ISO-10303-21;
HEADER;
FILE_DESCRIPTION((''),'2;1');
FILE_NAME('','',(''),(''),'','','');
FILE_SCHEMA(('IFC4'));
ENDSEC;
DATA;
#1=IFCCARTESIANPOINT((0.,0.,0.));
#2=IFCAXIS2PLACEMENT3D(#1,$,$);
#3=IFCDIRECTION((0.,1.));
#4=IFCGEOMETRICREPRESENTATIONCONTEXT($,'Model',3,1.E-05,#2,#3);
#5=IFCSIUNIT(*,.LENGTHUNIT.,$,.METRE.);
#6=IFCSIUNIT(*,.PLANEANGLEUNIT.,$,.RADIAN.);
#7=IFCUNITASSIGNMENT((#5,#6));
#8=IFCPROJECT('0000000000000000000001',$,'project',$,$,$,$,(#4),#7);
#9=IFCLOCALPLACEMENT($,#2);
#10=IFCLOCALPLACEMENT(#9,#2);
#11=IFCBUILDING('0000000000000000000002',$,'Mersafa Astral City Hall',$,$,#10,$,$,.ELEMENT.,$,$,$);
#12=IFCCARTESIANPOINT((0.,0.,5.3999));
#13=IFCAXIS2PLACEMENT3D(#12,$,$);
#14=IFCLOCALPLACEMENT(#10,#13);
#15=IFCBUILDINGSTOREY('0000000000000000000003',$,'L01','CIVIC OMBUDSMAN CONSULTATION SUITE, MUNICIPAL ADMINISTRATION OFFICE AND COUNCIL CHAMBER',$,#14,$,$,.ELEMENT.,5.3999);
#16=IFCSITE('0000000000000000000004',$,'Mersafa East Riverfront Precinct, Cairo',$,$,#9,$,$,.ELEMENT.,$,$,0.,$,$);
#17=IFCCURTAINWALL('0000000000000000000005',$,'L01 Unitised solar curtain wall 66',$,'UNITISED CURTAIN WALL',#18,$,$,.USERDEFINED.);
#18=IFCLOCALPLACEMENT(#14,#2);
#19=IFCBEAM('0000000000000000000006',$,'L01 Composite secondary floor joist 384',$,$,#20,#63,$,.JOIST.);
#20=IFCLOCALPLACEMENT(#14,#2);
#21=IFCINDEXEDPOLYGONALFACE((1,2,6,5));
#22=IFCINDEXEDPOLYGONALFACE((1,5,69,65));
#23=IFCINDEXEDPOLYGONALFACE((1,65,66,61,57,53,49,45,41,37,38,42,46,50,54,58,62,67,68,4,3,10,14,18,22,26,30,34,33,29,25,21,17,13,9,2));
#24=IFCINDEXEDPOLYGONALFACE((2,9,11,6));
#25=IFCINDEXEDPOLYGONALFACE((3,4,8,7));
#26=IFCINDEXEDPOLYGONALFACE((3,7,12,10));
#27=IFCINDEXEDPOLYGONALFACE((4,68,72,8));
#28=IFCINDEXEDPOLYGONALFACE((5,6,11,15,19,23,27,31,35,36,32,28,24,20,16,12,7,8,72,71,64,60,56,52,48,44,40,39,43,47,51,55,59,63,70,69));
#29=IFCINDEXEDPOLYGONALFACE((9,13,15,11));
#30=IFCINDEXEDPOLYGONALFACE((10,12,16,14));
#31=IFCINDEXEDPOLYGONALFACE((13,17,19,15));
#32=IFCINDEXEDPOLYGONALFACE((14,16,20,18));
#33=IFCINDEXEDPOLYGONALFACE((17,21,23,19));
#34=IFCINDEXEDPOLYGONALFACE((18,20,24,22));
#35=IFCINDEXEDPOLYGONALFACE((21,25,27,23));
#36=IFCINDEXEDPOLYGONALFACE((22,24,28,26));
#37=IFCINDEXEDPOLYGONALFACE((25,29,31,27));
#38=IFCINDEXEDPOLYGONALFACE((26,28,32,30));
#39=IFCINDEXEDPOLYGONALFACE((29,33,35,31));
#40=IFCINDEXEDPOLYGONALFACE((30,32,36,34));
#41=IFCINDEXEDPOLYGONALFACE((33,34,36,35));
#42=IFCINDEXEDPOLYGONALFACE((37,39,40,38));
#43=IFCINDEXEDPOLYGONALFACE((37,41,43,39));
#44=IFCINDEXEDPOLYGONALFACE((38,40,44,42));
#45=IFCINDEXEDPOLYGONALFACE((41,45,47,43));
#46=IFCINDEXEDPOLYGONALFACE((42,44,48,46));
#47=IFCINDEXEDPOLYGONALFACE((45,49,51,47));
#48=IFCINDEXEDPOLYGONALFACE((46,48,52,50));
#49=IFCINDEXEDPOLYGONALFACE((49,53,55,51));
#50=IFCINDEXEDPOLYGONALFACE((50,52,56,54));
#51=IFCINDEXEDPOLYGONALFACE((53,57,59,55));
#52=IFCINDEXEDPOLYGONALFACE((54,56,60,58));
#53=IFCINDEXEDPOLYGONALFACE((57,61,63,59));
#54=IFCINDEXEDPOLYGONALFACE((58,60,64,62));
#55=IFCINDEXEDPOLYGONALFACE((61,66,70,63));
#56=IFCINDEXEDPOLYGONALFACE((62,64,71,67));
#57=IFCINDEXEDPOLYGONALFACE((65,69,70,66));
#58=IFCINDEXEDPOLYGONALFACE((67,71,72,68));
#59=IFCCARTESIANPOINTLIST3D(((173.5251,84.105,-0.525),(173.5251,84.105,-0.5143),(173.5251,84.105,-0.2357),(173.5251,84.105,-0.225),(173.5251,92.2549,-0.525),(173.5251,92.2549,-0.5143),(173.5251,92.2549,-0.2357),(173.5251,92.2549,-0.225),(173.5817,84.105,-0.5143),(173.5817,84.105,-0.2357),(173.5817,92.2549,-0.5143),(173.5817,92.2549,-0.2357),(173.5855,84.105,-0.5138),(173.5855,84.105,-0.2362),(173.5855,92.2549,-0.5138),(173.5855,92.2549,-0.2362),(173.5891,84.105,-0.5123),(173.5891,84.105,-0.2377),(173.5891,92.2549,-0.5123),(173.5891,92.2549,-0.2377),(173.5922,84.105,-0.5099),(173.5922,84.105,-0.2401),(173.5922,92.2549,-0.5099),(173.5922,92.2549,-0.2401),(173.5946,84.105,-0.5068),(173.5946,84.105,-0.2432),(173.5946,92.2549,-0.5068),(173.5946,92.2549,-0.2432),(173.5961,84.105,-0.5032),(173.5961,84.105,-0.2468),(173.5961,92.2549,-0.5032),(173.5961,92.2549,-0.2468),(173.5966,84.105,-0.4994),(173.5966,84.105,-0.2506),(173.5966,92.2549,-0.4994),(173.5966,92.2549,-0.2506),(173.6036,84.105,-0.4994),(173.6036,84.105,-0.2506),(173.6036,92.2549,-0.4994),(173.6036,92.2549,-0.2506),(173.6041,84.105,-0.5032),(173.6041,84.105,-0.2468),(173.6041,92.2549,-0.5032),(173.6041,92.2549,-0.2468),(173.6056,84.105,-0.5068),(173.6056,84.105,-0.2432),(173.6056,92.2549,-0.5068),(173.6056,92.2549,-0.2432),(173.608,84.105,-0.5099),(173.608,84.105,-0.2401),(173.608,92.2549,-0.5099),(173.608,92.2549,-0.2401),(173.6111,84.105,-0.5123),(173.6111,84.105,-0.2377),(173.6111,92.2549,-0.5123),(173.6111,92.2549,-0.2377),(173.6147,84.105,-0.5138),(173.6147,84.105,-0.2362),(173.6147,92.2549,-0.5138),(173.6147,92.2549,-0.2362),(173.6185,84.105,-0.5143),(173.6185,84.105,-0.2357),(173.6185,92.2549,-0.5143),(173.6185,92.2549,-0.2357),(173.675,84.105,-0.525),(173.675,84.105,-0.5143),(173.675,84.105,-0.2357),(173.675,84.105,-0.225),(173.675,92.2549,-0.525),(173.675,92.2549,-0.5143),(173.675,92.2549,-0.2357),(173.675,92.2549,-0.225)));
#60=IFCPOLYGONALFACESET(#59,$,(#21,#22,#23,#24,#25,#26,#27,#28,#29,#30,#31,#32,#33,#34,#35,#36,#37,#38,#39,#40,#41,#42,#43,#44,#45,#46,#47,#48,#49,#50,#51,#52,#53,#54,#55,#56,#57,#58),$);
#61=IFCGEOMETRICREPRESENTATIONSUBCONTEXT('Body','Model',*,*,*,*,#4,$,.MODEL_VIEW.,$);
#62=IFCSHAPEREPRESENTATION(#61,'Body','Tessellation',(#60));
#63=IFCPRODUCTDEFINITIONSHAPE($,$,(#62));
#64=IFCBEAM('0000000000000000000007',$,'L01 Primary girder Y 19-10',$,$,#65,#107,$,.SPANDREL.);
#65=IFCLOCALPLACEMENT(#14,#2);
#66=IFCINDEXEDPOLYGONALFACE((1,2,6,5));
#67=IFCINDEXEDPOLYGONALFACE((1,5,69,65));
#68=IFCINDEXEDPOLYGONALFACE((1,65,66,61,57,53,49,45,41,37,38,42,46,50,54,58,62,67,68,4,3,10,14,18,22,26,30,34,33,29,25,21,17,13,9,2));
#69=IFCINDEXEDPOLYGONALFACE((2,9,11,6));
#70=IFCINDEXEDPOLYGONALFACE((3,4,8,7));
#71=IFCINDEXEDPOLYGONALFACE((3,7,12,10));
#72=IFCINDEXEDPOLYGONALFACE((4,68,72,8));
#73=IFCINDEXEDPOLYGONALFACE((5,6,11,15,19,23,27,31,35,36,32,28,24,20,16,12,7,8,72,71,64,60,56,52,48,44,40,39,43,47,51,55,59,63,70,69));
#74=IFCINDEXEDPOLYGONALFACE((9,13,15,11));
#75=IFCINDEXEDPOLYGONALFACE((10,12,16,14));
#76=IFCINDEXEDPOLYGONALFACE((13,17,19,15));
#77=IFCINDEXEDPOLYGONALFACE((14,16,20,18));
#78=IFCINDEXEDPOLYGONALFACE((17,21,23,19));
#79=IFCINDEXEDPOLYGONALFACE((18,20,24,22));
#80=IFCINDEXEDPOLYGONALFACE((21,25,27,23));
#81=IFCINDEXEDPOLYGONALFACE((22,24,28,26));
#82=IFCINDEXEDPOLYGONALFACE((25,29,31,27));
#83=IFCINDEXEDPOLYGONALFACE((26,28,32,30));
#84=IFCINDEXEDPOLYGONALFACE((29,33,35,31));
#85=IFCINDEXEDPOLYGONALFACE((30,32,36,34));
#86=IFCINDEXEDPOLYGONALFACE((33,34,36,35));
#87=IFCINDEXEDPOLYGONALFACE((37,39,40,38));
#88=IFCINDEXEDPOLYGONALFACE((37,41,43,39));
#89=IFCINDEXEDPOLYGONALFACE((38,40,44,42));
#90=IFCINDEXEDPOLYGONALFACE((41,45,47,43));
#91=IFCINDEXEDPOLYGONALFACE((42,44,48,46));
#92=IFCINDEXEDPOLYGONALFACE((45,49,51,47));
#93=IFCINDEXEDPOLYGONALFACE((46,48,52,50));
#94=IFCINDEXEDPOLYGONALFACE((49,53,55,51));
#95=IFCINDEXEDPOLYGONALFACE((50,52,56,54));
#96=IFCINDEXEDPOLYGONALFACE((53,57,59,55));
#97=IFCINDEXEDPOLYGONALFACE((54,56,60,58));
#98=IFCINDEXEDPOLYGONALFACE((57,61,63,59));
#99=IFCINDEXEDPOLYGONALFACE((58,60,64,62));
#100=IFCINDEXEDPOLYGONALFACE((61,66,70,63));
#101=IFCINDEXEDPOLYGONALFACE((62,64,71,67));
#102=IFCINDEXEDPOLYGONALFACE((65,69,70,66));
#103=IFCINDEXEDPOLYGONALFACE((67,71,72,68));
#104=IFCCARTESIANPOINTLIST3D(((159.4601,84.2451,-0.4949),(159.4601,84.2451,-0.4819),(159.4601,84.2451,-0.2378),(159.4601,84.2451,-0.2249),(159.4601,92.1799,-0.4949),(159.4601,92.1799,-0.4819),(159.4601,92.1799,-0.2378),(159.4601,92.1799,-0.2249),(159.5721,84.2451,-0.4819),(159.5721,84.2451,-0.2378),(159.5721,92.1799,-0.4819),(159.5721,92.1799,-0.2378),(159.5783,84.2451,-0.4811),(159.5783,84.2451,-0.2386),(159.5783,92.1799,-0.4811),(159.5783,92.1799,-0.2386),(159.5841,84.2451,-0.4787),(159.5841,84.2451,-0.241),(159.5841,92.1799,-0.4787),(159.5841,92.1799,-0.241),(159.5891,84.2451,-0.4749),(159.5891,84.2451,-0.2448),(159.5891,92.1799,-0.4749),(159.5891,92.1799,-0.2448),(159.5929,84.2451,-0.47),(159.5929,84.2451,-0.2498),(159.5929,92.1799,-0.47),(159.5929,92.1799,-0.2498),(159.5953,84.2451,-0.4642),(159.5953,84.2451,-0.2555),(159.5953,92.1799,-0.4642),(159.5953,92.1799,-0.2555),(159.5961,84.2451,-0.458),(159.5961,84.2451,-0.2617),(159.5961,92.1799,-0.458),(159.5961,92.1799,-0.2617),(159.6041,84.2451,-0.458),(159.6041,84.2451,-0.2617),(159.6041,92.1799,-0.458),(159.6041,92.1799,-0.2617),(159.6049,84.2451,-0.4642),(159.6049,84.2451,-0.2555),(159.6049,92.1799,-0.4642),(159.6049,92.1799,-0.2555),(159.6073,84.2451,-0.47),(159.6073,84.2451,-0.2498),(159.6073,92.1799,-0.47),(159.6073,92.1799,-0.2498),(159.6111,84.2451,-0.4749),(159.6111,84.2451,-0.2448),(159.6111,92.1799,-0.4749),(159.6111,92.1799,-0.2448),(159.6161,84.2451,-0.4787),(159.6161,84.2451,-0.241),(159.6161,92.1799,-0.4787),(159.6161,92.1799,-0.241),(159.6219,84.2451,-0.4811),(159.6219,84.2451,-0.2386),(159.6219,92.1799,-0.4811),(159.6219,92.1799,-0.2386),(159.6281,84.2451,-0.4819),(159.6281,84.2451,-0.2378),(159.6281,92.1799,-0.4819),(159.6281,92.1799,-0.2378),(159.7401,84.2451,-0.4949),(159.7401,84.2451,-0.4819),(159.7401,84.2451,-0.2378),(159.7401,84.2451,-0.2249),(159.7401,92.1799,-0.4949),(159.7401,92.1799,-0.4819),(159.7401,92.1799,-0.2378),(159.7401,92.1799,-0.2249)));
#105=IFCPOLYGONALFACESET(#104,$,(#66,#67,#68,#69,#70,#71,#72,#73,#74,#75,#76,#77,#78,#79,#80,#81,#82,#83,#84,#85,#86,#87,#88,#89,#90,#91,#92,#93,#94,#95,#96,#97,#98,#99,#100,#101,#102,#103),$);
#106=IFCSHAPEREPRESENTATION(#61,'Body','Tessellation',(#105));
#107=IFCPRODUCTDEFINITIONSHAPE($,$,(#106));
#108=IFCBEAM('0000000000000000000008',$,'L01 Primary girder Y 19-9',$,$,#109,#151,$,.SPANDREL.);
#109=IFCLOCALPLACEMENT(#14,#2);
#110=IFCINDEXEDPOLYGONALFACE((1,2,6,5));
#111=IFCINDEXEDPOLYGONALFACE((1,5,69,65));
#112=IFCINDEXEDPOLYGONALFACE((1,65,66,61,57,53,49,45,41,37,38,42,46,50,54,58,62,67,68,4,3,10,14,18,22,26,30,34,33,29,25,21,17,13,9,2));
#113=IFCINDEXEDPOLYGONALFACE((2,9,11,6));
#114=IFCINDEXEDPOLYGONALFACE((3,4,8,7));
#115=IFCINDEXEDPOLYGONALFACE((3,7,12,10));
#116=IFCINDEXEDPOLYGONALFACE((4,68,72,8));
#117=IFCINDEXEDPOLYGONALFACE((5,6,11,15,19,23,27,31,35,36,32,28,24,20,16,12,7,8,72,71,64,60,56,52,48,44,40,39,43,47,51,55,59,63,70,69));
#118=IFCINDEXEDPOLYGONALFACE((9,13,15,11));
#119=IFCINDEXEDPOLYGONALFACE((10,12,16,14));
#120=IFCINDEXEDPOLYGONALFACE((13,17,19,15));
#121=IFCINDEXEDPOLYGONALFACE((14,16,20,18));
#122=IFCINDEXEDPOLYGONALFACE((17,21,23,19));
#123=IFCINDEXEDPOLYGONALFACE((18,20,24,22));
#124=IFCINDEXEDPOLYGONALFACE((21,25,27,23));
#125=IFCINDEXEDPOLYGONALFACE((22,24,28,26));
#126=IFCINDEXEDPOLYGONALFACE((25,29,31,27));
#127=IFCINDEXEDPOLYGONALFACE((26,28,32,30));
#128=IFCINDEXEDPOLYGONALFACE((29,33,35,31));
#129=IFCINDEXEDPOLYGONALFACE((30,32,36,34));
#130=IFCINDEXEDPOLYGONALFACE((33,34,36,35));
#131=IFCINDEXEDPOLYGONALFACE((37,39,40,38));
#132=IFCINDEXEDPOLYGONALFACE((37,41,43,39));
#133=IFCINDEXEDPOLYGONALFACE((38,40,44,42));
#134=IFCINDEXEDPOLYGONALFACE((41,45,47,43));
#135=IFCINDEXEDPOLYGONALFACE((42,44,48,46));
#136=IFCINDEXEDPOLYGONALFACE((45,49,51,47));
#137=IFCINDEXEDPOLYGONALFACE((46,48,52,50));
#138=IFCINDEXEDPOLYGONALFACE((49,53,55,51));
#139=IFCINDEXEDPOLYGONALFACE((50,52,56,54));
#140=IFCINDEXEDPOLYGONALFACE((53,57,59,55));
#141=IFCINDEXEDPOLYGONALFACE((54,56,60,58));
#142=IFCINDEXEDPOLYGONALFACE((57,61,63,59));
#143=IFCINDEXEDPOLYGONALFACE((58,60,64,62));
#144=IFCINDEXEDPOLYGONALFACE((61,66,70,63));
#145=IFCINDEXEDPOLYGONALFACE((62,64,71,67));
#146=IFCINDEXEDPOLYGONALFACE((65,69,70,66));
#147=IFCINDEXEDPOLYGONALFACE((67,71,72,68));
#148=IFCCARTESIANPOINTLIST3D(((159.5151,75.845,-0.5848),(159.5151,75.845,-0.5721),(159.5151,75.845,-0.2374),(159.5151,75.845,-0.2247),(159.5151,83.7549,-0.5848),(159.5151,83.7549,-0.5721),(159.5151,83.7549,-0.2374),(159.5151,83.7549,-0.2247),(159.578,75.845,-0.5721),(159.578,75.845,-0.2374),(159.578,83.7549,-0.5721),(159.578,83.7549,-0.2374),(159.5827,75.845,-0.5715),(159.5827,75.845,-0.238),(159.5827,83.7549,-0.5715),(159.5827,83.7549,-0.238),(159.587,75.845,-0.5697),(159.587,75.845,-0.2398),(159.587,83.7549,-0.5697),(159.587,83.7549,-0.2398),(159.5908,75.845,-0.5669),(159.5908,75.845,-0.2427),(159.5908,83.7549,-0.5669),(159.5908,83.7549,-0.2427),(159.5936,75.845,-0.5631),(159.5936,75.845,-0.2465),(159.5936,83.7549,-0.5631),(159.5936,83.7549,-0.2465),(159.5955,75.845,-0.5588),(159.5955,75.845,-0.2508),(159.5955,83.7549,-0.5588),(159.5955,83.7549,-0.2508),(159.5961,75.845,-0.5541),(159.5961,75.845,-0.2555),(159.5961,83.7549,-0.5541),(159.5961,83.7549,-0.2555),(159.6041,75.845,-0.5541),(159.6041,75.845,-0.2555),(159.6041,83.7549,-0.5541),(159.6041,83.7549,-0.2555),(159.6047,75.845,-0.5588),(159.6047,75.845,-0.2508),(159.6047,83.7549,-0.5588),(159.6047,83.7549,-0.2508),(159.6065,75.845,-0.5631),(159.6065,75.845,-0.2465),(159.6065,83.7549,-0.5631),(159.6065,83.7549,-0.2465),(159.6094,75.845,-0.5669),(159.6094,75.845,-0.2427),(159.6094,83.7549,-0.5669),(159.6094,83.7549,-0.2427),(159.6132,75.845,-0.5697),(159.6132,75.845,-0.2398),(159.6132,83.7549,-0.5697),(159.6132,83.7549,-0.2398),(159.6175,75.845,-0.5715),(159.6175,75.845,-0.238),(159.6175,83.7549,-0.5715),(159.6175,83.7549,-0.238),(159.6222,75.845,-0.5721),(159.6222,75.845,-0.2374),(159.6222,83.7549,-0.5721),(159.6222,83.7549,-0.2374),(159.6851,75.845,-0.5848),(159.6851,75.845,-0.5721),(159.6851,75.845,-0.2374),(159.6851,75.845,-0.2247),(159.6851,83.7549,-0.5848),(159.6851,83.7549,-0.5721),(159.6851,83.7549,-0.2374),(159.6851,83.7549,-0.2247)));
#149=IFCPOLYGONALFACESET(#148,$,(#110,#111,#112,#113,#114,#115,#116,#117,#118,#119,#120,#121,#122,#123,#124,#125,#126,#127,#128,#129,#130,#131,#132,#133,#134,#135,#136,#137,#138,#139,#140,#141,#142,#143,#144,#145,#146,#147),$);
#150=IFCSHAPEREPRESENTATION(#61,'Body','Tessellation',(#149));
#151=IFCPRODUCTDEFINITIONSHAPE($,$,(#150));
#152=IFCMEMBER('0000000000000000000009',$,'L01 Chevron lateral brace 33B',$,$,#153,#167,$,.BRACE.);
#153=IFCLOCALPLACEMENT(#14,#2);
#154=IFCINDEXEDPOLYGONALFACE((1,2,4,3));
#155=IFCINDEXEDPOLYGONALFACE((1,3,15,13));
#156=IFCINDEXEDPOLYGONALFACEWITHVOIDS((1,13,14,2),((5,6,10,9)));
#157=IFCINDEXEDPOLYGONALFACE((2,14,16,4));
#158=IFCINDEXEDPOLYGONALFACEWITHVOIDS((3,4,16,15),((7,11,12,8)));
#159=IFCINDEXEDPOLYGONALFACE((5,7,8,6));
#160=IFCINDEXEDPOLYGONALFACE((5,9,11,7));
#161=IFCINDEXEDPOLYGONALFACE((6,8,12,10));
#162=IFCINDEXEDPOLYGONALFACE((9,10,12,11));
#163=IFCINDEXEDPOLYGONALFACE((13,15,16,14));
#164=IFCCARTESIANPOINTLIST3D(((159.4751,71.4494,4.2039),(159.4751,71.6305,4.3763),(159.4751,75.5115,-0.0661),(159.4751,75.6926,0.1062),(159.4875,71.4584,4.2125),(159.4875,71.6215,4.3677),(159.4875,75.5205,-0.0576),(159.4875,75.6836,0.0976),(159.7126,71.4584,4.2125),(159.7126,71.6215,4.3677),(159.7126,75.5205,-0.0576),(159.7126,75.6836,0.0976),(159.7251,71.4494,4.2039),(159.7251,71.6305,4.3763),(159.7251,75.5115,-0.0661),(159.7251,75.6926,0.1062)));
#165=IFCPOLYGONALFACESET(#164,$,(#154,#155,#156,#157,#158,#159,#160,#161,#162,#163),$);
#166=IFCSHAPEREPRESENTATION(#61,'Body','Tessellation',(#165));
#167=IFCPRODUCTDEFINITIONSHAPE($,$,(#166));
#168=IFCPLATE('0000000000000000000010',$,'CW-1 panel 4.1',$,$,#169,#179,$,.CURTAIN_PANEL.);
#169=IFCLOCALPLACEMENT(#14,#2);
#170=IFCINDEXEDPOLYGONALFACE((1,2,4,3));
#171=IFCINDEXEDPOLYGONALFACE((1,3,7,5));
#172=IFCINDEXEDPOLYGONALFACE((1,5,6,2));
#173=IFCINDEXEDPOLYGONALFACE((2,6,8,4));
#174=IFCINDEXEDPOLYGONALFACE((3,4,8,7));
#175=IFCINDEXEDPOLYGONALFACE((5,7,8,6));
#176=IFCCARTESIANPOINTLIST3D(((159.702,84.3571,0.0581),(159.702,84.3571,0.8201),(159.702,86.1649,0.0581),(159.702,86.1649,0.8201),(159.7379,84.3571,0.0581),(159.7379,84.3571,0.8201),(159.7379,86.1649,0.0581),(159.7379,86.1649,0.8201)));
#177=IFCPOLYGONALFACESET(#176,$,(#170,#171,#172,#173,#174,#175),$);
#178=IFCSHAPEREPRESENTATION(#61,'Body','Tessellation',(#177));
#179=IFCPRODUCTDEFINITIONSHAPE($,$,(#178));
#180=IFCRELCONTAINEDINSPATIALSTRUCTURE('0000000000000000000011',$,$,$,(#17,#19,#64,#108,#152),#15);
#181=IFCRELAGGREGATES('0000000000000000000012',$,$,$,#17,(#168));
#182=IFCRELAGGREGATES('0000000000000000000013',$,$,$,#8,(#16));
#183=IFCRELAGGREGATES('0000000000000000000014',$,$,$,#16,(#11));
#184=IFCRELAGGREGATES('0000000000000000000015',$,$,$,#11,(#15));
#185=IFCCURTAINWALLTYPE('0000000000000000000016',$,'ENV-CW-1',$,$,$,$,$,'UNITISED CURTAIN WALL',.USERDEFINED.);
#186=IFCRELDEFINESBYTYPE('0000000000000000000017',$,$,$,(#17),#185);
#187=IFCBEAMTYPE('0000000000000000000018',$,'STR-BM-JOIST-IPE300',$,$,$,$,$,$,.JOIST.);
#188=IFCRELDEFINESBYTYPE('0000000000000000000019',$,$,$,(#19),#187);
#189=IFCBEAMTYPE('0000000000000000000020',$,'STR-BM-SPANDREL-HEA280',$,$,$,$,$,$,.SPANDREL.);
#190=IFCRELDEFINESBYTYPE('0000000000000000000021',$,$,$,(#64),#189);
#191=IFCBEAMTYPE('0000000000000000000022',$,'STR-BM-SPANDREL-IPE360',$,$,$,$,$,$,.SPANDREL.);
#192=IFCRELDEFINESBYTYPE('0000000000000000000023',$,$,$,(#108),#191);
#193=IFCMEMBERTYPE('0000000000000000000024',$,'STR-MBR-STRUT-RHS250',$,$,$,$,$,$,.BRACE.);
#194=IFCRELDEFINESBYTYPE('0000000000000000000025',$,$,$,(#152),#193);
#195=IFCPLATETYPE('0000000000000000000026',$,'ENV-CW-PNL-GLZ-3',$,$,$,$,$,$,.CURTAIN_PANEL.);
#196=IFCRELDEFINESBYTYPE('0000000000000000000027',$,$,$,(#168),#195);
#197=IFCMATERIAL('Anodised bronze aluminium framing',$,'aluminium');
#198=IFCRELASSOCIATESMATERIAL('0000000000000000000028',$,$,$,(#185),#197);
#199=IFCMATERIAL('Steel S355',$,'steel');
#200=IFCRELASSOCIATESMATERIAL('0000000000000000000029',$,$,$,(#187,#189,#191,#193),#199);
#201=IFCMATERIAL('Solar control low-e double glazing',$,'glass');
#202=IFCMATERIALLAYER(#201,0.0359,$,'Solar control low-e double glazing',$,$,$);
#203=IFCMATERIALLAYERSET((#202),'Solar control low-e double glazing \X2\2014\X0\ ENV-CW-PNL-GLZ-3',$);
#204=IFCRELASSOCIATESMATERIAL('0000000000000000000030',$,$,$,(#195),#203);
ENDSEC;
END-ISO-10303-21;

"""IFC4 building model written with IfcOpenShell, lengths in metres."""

from ifc_helpers import new_model, si_unit, direction, frame, origin, origin_2d, place, context, subcontext, project, spatial, rectangle, hollow_rectangle, i_section, extrude, material, layer, layer_set, material_profile, profile_set, type_object, element, aggregate, save


model = new_model("IFC4")

# Units and contexts
model_context = context("Model", 3, precision=1e-05, world=origin(), true_north=direction((0.0, 1.0)))
body_context = subcontext(model_context, "Body", "Model", "MODEL_VIEW")
ifc_project = project(units=[si_unit("LENGTHUNIT", "METRE"), si_unit("PLANEANGLEUNIT", "RADIAN")], contexts=[model_context])

# Site, building, storey
site_placement = place(None, origin())
site = spatial("IfcSite", under=ifc_project, at=site_placement, Name="Mersafa East Riverfront Precinct, Cairo", CompositionType="ELEMENT", RefElevation=0.0)
building_placement = place(site_placement, origin())
building = spatial("IfcBuilding", under=site, at=building_placement, Name="Mersafa Astral City Hall", CompositionType="ELEMENT")
storey_placement = place(building_placement, frame((0.0, 0.0, 5.3999)))
storey = spatial("IfcBuildingStorey", under=building, at=storey_placement, Name="L01", Description="CIVIC OMBUDSMAN CONSULTATION SUITE, MUNICIPAL ADMINISTRATION OFFICE AND COUNCIL CHAMBER", CompositionType="ELEMENT", Elevation=5.3999)

# Shared definitions
ifc_material_1 = material(Name="Steel S355", Category="steel")

# Curtain wall
ifc_material_2 = material(Name="Anodised bronze aluminium framing", Category="aluminium")
curtain_wall_type = type_object("IfcCurtainWallType", Name="ENV-CW-1", ElementType="UNITISED CURTAIN WALL", PredefinedType="USERDEFINED", material=ifc_material_2)
curtain_wall_placement = place(storey_placement, origin())
curtain_wall = element("IfcCurtainWall", 1, at=curtain_wall_placement, inside=storey, type_object=curtain_wall_type, Name="L01 Unitised solar curtain wall 66", ObjectType="UNITISED CURTAIN WALL", PredefinedType="USERDEFINED")

# Beams
ifc_material_profile_1 = material_profile(ifc_material_1, i_section(OverallWidth=0.1499, OverallDepth=0.3, WebThickness=0.0071, FlangeThickness=0.0107, FilletRadius=0.0149, at=origin_2d()), Name="IPE 300")
ifc_profile_set_1 = profile_set([ifc_material_profile_1], Name="Steel S355")
beam_type_1 = type_object("IfcBeamType", Name="STR-BM-JOIST-IPE300", PredefinedType="JOIST", material=ifc_profile_set_1)
for number, where, z_axis, x_axis, name in (
    (2, (173.6001, 84.105, -0.375), (0.0, 1.0, 0.0), (-1.0, 0.0, 0.0), "L01 Composite secondary floor joist 384"),
):
    element("IfcBeam", number, at=place(storey_placement, frame(where, z_axis=z_axis, x_axis=x_axis)), inside=storey, type_object=beam_type_1, Name=name, PredefinedType="JOIST", context=body_context, shape_type="SweptSolid", body=[
        extrude(i_section(OverallWidth=0.1499, OverallDepth=0.3, WebThickness=0.0071, FlangeThickness=0.0107, FilletRadius=0.0149, at=origin_2d()), origin(), (0.0, 0.0, 1.0), 8.1499),
    ])
ifc_material_profile_2 = material_profile(ifc_material_1, i_section(OverallWidth=0.28, OverallDepth=0.27, WebThickness=0.0081, FlangeThickness=0.0129, FilletRadius=0.0239, at=origin_2d()), Name="HEA 280")
ifc_profile_set_2 = profile_set([ifc_material_profile_2], Name="Steel S355")
beam_type_2 = type_object("IfcBeamType", Name="STR-BM-SPANDREL-HEA280", PredefinedType="SPANDREL", material=ifc_profile_set_2)
beam_1_placement = place(storey_placement, frame((159.6001, 84.2451, -0.3599), z_axis=(0.0, 1.0, 0.0), x_axis=(-1.0, 0.0, 0.0)))
element("IfcBeam", 3, at=beam_1_placement, inside=storey, type_object=beam_type_2, Name="L01 Primary girder Y 19-10", PredefinedType="SPANDREL", context=body_context, shape_type="SweptSolid", body=[
    extrude(i_section(OverallWidth=0.28, OverallDepth=0.27, WebThickness=0.0081, FlangeThickness=0.0129, FilletRadius=0.0239, at=origin_2d()), origin(), (0.0, 0.0, 1.0), 7.9348),
])
ifc_material_profile_3 = material_profile(ifc_material_1, i_section(OverallWidth=0.1699, OverallDepth=0.3601, WebThickness=0.0081, FlangeThickness=0.0127, FilletRadius=0.0181, at=origin_2d()), Name="IPE 360")
ifc_profile_set_3 = profile_set([ifc_material_profile_3], Name="Steel S355")
beam_type_3 = type_object("IfcBeamType", Name="STR-BM-SPANDREL-IPE360", PredefinedType="SPANDREL", material=ifc_profile_set_3)
beam_2_placement = place(storey_placement, frame((159.6001, 75.845, -0.4048), z_axis=(0.0, 1.0, 0.0), x_axis=(-1.0, 0.0, 0.0)))
element("IfcBeam", 4, at=beam_2_placement, inside=storey, type_object=beam_type_3, Name="L01 Primary girder Y 19-9", PredefinedType="SPANDREL", context=body_context, shape_type="SweptSolid", body=[
    extrude(i_section(OverallWidth=0.1699, OverallDepth=0.3601, WebThickness=0.0081, FlangeThickness=0.0127, FilletRadius=0.0181, at=origin_2d()), origin(), (0.0, 0.0, 1.0), 7.9099),
])

# Member
ifc_material_profile_4 = material_profile(ifc_material_1, hollow_rectangle(XDim=0.25, YDim=0.25, WallThickness=0.0125, at=origin_2d()), Name="RHS 250x250x12.5")
ifc_profile_set_4 = profile_set([ifc_material_profile_4], Name="Steel S355")
member_type_1 = type_object("IfcMemberType", Name="STR-MBR-STRUT-RHS250", PredefinedType="BRACE", material=ifc_profile_set_4)
member_1_placement = place(storey_placement, frame((159.6001, 75.6021, 0.02), z_axis=(0.0, -0.689239, 0.724534), x_axis=(1.0, 0.0, 0.0)))
element("IfcMember", 5, at=member_1_placement, inside=storey, type_object=member_type_1, Name="L01 Chevron lateral brace 33B", PredefinedType="BRACE", context=body_context, shape_type="SweptSolid", body=[
    extrude(hollow_rectangle(XDim=0.25, YDim=0.25, WallThickness=0.0125, at=origin_2d()), origin(), (0.0, 0.0, 1.0), 5.8936),
])

# Plate
ifc_material_3 = material(Name="Solar control low-e double glazing", Category="glass")
ifc_layer_1 = layer(ifc_material_3, 0.0359, Name="Solar control low-e double glazing")
ifc_layer_set_1 = layer_set([ifc_layer_1], Name="Solar control low-e double glazing — ENV-CW-PNL-GLZ-3")
plate_type_1 = type_object("IfcPlateType", Name="ENV-CW-PNL-GLZ-3", PredefinedType="CURTAIN_PANEL", material=ifc_layer_set_1)
plate_1_placement = place(storey_placement, frame((159.72, 85.261, 0.0581), z_axis=(0.0, 0.0, 1.0), x_axis=(0.0, -1.0, 0.0)))
plate_1 = element("IfcPlate", 6, at=plate_1_placement, type_object=plate_type_1, Name="CW-1 panel 4.1", PredefinedType="CURTAIN_PANEL", context=body_context, shape_type="SweptSolid", body=[
    extrude(rectangle(XDim=1.8079, YDim=0.0359, at=origin_2d()), origin(), (0.0, 0.0, 1.0), 0.762),
])
aggregate(curtain_wall, [plate_1])

save(model, "model.ifc")
